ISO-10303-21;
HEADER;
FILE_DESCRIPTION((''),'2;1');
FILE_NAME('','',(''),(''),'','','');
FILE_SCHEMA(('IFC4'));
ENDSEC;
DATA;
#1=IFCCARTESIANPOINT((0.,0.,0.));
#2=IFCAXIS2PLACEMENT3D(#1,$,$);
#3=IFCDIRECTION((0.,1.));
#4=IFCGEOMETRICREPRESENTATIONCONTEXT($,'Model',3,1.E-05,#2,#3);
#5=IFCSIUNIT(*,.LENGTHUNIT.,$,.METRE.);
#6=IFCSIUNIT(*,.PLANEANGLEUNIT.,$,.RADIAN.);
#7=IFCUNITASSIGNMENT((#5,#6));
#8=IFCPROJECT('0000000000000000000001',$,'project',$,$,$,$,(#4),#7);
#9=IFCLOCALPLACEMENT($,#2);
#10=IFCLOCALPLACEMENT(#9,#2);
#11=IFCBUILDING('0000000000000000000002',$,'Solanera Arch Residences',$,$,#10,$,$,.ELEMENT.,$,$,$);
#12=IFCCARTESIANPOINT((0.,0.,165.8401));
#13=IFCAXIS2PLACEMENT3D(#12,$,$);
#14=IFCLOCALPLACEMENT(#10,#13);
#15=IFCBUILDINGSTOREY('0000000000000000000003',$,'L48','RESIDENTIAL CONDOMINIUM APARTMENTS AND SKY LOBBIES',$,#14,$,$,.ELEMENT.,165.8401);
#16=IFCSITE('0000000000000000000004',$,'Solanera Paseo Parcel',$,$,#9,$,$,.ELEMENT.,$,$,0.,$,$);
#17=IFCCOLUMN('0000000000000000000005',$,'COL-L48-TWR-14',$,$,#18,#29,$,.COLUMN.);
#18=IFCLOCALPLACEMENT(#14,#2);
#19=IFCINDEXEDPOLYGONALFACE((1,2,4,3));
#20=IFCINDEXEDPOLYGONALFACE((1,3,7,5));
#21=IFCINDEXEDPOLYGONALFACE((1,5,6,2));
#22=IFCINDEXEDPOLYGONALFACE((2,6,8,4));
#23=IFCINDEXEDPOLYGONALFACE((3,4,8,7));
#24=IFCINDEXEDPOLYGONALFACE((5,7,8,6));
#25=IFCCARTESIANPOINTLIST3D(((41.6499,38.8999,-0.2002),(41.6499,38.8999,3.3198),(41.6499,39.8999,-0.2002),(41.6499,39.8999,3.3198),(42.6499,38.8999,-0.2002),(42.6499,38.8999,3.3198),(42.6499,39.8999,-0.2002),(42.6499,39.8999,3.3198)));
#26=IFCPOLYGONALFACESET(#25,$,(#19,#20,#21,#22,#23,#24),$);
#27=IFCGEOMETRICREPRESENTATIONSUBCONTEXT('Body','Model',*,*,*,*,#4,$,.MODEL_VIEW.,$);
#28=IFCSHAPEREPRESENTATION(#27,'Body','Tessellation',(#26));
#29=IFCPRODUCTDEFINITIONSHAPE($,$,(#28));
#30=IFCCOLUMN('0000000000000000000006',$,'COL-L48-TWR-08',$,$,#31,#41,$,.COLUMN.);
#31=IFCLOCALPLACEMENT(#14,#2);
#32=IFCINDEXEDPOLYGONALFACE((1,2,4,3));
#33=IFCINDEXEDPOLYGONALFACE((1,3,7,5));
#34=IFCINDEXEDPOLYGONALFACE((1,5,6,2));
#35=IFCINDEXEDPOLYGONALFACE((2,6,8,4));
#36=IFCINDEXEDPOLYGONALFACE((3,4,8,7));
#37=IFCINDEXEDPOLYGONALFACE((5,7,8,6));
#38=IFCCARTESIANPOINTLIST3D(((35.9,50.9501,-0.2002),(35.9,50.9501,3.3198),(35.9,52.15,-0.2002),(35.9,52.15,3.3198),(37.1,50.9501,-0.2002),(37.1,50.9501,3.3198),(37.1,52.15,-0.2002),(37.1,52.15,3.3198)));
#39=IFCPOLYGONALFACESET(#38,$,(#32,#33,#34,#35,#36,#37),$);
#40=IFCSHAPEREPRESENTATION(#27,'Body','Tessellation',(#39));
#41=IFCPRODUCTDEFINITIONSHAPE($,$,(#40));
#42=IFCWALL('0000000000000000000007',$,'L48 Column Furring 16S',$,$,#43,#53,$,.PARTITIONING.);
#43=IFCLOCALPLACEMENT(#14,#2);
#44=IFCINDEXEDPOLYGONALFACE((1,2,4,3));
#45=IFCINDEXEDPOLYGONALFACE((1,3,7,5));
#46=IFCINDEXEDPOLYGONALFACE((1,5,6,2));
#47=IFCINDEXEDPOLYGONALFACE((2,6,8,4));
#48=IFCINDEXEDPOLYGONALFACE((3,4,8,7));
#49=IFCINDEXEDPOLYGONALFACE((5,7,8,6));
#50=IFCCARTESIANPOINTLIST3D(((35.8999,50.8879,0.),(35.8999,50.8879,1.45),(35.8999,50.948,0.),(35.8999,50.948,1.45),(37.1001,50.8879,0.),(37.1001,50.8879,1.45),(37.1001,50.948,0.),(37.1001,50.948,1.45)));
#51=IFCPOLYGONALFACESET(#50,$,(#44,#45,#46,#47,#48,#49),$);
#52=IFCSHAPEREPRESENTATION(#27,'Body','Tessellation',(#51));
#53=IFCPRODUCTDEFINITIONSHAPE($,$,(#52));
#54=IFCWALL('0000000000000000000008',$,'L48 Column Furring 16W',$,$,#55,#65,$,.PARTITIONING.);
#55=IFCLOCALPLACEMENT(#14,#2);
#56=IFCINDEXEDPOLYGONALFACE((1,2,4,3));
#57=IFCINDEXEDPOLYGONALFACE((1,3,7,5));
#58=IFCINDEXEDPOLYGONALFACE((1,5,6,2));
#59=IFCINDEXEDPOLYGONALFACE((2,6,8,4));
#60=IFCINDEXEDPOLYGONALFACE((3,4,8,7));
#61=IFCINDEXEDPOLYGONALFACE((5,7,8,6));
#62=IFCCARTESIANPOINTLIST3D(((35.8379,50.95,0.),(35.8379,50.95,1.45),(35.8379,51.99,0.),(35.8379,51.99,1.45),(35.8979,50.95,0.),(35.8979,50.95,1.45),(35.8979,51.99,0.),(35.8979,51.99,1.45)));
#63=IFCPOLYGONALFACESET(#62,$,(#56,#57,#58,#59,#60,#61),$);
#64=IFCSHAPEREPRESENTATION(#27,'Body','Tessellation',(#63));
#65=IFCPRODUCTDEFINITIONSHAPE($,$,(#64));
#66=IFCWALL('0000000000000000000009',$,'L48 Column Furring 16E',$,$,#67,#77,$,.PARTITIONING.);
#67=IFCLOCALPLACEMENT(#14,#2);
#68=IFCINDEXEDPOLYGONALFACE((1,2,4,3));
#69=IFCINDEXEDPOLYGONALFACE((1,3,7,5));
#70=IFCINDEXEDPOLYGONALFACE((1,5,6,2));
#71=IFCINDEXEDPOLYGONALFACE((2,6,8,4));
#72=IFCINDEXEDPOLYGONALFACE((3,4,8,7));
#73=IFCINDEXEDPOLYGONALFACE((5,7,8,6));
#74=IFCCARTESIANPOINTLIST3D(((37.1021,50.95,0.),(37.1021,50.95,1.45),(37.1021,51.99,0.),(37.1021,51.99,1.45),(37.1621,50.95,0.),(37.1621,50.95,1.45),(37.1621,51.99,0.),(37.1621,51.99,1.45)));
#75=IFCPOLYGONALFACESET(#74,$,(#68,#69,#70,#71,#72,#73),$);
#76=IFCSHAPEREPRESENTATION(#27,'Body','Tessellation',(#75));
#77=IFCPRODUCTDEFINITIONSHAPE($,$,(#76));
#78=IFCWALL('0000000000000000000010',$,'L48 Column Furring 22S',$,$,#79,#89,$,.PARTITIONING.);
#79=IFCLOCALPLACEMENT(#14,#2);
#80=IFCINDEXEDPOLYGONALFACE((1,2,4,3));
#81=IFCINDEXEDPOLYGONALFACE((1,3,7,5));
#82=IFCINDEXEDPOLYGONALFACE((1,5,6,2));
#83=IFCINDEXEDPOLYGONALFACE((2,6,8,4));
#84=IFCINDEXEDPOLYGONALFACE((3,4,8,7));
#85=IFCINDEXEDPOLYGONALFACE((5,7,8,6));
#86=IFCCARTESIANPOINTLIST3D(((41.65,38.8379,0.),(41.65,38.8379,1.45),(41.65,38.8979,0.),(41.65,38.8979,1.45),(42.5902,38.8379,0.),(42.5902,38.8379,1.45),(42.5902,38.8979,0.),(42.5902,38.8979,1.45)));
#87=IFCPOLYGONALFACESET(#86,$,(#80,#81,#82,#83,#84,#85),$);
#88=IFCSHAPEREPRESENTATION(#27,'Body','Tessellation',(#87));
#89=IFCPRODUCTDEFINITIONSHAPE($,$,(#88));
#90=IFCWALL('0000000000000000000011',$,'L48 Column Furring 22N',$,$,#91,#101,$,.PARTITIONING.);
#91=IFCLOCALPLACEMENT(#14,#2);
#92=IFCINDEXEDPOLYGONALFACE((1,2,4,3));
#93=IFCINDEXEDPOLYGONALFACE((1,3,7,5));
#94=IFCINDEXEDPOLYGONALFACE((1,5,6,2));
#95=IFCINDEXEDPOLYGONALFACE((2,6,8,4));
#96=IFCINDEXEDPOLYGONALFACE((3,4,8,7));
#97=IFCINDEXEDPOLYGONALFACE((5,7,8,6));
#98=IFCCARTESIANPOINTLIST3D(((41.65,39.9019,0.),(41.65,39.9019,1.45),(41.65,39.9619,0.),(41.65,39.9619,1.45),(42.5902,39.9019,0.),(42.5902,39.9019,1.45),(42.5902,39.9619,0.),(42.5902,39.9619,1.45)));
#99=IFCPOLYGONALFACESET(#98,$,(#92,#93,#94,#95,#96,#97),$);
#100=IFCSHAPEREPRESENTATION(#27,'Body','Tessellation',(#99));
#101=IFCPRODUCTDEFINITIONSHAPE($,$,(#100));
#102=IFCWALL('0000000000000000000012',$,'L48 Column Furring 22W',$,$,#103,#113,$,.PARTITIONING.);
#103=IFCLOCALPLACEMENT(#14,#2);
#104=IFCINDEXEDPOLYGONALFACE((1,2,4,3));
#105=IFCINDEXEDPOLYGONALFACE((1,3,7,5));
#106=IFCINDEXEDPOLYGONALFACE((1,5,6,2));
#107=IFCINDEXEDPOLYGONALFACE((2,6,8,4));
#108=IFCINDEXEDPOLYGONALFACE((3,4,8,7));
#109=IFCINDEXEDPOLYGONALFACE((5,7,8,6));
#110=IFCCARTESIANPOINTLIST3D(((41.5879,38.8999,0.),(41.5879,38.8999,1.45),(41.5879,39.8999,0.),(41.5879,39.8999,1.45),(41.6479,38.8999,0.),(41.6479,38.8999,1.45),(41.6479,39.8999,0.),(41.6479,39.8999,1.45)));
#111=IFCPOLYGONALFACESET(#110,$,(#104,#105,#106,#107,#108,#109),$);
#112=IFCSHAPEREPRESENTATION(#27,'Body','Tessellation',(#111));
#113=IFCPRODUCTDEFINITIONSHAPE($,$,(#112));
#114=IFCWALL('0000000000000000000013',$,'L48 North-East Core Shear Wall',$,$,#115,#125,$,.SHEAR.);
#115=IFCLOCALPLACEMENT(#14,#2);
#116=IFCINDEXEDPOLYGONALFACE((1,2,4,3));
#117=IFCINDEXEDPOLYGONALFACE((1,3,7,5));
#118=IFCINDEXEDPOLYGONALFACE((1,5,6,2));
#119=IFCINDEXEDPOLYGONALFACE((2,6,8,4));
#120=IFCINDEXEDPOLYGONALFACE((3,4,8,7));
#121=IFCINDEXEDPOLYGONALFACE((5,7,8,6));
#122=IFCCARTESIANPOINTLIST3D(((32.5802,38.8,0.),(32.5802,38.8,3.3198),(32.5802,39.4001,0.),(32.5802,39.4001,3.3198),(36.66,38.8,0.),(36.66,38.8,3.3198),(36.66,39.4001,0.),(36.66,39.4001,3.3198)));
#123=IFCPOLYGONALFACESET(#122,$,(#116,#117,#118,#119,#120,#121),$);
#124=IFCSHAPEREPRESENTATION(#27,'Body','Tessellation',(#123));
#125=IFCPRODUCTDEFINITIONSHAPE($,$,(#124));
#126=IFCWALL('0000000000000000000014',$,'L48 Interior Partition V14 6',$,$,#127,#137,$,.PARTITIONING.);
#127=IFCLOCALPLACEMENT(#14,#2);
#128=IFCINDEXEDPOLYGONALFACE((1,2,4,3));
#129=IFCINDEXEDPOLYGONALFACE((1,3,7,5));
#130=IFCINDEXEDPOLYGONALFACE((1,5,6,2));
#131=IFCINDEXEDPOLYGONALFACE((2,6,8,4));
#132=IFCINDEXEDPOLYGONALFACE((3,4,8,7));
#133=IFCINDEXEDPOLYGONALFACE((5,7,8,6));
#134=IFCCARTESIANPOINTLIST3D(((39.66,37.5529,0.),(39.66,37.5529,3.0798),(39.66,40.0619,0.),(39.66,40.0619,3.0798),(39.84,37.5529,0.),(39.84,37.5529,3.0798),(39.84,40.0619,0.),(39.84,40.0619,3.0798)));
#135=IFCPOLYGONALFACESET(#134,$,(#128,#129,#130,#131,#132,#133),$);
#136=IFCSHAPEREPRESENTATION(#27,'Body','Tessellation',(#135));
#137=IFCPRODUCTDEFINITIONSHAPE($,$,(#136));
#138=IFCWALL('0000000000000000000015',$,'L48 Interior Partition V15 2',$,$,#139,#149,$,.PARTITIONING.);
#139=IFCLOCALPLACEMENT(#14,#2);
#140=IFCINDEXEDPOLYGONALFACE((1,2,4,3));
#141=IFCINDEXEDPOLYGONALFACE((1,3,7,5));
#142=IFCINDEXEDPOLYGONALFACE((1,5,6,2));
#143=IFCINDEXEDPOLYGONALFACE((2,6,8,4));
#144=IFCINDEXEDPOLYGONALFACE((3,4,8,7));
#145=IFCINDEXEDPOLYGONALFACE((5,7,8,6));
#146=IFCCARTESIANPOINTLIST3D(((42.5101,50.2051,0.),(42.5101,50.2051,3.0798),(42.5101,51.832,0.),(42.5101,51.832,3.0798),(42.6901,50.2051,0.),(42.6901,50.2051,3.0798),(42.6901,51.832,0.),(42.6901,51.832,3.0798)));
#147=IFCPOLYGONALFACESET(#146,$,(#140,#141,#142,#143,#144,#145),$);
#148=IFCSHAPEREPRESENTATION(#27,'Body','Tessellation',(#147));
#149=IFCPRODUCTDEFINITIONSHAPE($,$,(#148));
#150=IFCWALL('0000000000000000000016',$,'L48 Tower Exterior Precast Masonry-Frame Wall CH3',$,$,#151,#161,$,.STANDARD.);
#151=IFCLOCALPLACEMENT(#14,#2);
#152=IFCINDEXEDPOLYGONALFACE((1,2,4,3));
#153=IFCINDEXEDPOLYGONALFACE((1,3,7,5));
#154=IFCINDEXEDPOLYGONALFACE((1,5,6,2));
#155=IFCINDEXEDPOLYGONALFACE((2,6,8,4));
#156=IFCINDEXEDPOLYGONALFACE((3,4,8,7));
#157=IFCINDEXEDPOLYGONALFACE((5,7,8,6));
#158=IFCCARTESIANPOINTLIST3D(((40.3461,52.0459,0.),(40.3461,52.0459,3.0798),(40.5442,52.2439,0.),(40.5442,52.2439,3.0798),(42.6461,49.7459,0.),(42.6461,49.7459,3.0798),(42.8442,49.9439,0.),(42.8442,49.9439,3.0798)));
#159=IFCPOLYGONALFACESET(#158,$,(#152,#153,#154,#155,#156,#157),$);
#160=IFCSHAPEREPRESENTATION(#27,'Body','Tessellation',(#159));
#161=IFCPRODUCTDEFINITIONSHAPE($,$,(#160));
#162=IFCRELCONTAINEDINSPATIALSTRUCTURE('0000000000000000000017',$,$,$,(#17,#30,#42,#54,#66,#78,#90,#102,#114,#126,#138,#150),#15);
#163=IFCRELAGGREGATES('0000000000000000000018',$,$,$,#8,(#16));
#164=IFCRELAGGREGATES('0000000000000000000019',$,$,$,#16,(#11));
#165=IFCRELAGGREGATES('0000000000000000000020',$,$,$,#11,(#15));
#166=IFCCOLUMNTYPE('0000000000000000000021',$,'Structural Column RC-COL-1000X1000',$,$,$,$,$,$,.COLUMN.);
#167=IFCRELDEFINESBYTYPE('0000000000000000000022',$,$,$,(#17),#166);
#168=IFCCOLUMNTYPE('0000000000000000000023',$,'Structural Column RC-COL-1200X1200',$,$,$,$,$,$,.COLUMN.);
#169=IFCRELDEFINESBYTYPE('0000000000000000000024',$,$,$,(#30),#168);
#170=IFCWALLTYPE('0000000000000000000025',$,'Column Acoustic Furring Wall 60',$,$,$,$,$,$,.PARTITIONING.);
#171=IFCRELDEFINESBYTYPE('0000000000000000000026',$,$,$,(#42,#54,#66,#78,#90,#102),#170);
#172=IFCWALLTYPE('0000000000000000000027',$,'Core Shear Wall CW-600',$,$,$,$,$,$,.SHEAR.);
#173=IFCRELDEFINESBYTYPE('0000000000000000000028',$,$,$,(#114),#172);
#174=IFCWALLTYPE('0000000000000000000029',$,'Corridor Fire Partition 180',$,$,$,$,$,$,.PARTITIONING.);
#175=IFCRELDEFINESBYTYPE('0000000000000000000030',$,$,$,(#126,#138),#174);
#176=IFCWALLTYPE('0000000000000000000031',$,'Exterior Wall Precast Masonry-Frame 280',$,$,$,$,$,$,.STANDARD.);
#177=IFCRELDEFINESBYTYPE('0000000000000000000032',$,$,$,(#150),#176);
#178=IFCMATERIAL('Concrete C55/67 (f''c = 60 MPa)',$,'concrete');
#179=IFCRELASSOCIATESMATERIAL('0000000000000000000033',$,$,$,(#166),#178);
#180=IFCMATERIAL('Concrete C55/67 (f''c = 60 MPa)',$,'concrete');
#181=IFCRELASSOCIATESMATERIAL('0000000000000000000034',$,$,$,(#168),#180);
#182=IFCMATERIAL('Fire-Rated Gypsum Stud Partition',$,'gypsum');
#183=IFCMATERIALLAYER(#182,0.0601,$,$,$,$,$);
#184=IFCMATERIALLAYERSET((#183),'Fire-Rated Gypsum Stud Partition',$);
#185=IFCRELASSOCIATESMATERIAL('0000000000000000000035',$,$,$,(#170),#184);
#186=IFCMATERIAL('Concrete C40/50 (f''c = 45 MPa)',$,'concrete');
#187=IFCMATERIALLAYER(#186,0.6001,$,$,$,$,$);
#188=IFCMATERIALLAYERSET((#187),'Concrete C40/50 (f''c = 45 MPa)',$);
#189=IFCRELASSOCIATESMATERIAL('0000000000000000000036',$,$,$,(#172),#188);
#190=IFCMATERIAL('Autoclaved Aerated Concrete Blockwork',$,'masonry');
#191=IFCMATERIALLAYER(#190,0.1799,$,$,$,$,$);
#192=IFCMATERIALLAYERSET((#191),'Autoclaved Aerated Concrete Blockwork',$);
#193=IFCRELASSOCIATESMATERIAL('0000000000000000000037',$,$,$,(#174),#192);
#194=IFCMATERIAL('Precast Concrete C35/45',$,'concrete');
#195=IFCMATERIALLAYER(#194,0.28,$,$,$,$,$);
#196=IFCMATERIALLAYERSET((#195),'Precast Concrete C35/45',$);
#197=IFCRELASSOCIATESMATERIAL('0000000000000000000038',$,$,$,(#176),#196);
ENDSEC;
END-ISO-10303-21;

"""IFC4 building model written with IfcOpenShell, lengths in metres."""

from ifc_helpers import new_model, si_unit, direction, frame, frame_2d, origin, origin_2d, place, context, subcontext, project, spatial, rectangle, extrude, material, layer, layer_set, material_profile, profile_set, type_object, element, save


model = new_model("IFC4")

# Units and contexts
model_context = context("Model", 3, precision=1e-05, world=origin(), true_north=direction((0.0, 1.0)))
body_context = subcontext(model_context, "Body", "Model", "MODEL_VIEW")
ifc_project = project(units=[si_unit("LENGTHUNIT", "METRE"), si_unit("PLANEANGLEUNIT", "RADIAN")], contexts=[model_context])

# Site, building, storey
site_placement = place(None, origin())
site = spatial("IfcSite", under=ifc_project, at=site_placement, Name="Solanera Paseo Parcel", CompositionType="ELEMENT", RefElevation=0.0)
building_placement = place(site_placement, origin())
building = spatial("IfcBuilding", under=site, at=building_placement, Name="Solanera Arch Residences", CompositionType="ELEMENT")
storey_placement = place(building_placement, frame((0.0, 0.0, 165.8401)))
storey = spatial("IfcBuildingStorey", under=building, at=storey_placement, Name="L48", Description="RESIDENTIAL CONDOMINIUM APARTMENTS AND SKY LOBBIES", CompositionType="ELEMENT", Elevation=165.8401)

# Columns
ifc_material_1 = material(Name="Concrete C55/67 (f'c = 60 MPa)", Category="concrete")
ifc_material_profile_1 = material_profile(ifc_material_1, rectangle(XDim=1.0, YDim=1.0, at=origin_2d()))
ifc_profile_set_1 = profile_set([ifc_material_profile_1], Name="Concrete C55/67 (f'c = 60 MPa)")
column_type_1 = type_object("IfcColumnType", Name="Structural Column RC-COL-1000X1000", PredefinedType="COLUMN", material=ifc_profile_set_1)
column_1_placement = place(storey_placement, frame((42.1499, 39.3999, -0.2002), z_axis=(0.0, 0.0, 1.0), x_axis=(1.0, 0.0, 0.0)))
element("IfcColumn", 1, at=column_1_placement, inside=storey, type_object=column_type_1, Name="COL-L48-TWR-14", PredefinedType="COLUMN", context=body_context, shape_type="SweptSolid", body=[
    extrude(rectangle(XDim=1.0, YDim=1.0, at=origin_2d()), origin(), (0.0, 0.0, 1.0), 3.52),
])
ifc_material_2 = material(Name="Concrete C55/67 (f'c = 60 MPa)", Category="concrete")
ifc_material_profile_2 = material_profile(ifc_material_2, rectangle(XDim=1.2, YDim=1.2, at=origin_2d()))
ifc_profile_set_2 = profile_set([ifc_material_profile_2], Name="Concrete C55/67 (f'c = 60 MPa)")
column_type_2 = type_object("IfcColumnType", Name="Structural Column RC-COL-1200X1200", PredefinedType="COLUMN", material=ifc_profile_set_2)
column_2_placement = place(storey_placement, frame((36.5, 51.55, -0.2002), z_axis=(0.0, 0.0, 1.0), x_axis=(1.0, 0.0, 0.0)))
element("IfcColumn", 2, at=column_2_placement, inside=storey, type_object=column_type_2, Name="COL-L48-TWR-08", PredefinedType="COLUMN", context=body_context, shape_type="SweptSolid", body=[
    extrude(rectangle(XDim=1.2, YDim=1.2, at=origin_2d()), origin(), (0.0, 0.0, 1.0), 3.52),
])

# Walls
ifc_material_3 = material(Name="Fire-Rated Gypsum Stud Partition", Category="gypsum")
ifc_layer_1 = layer(ifc_material_3, 0.0601)
ifc_layer_set_1 = layer_set([ifc_layer_1], Name="Fire-Rated Gypsum Stud Partition")
wall_type_1 = type_object("IfcWallType", Name="Column Acoustic Furring Wall 60", PredefinedType="PARTITIONING", material=ifc_layer_set_1)
wall_1_placement = place(storey_placement, frame((35.8999, 50.918, 0.0), z_axis=(0.0, 0.0, 1.0), x_axis=(1.0, 0.0, 0.0)))
element("IfcWall", 3, at=wall_1_placement, inside=storey, type_object=wall_type_1, Name="L48 Column Furring 16S", PredefinedType="PARTITIONING", context=body_context, shape_type="SweptSolid", body=[
    extrude(rectangle(XDim=1.2002, YDim=0.0601, at=frame_2d((0.6001, 0.0))), origin(), (0.0, 0.0, 1.0), 1.45),
])
for number, where, z_axis, x_axis, name in (
    (4, (35.8679, 50.95, 0.0), (0.0, 0.0, 1.0), (0.0, 1.0, 0.0), "L48 Column Furring 16W"),
    (5, (37.1321, 50.95, 0.0), (0.0, 0.0, 1.0), (0.0, 1.0, 0.0), "L48 Column Furring 16E"),
):
    element("IfcWall", number, at=place(storey_placement, frame(where, z_axis=z_axis, x_axis=x_axis)), inside=storey, type_object=wall_type_1, Name=name, PredefinedType="PARTITIONING", context=body_context, shape_type="SweptSolid", body=[
        extrude(rectangle(XDim=1.04, YDim=0.0601, at=frame_2d((0.52, 0.0))), origin(), (0.0, 0.0, 1.0), 1.45),
    ])
for number, where, z_axis, x_axis, name in (
    (6, (41.6499, 38.8679, 0.0), (0.0, 0.0, 1.0), (1.0, 0.0, 0.0), "L48 Column Furring 22S"),
    (7, (41.6499, 39.9319, 0.0), (0.0, 0.0, 1.0), (1.0, 0.0, 0.0), "L48 Column Furring 22N"),
):
    element("IfcWall", number, at=place(storey_placement, frame(where, z_axis=z_axis, x_axis=x_axis)), inside=storey, type_object=wall_type_1, Name=name, PredefinedType="PARTITIONING", context=body_context, shape_type="SweptSolid", body=[
        extrude(rectangle(XDim=0.9402, YDim=0.0601, at=frame_2d((0.4702, 0.0))), origin(), (0.0, 0.0, 1.0), 1.45),
    ])
wall_2_placement = place(storey_placement, frame((41.6179, 38.8999, 0.0), z_axis=(0.0, 0.0, 1.0), x_axis=(0.0, 1.0, 0.0)))
element("IfcWall", 8, at=wall_2_placement, inside=storey, type_object=wall_type_1, Name="L48 Column Furring 22W", PredefinedType="PARTITIONING", context=body_context, shape_type="SweptSolid", body=[
    extrude(rectangle(XDim=1.0, YDim=0.0601, at=frame_2d((0.5, 0.0))), origin(), (0.0, 0.0, 1.0), 1.45),
])
ifc_material_4 = material(Name="Concrete C40/50 (f'c = 45 MPa)", Category="concrete")
ifc_layer_2 = layer(ifc_material_4, 0.6001)
ifc_layer_set_2 = layer_set([ifc_layer_2], Name="Concrete C40/50 (f'c = 45 MPa)")
wall_type_2 = type_object("IfcWallType", Name="Core Shear Wall CW-600", PredefinedType="SHEAR", material=ifc_layer_set_2)
wall_3_placement = place(storey_placement, frame((32.5801, 39.1001, 0.0), z_axis=(0.0, 0.0, 1.0), x_axis=(1.0, 0.0, 0.0)))
element("IfcWall", 9, at=wall_3_placement, inside=storey, type_object=wall_type_2, Name="L48 North-East Core Shear Wall", PredefinedType="SHEAR", context=body_context, shape_type="SweptSolid", body=[
    extrude(rectangle(XDim=4.0798, YDim=0.6001, at=frame_2d((2.04, 0.0))), origin(), (0.0, 0.0, 1.0), 3.3198),
])
ifc_material_5 = material(Name="Autoclaved Aerated Concrete Blockwork", Category="masonry")
ifc_layer_3 = layer(ifc_material_5, 0.1799)
ifc_layer_set_3 = layer_set([ifc_layer_3], Name="Autoclaved Aerated Concrete Blockwork")
wall_type_3 = type_object("IfcWallType", Name="Corridor Fire Partition 180", PredefinedType="PARTITIONING", material=ifc_layer_set_3)
wall_4_placement = place(storey_placement, frame((39.75, 37.553, 0.0), z_axis=(0.0, 0.0, 1.0), x_axis=(0.0, 1.0, 0.0)))
element("IfcWall", 10, at=wall_4_placement, inside=storey, type_object=wall_type_3, Name="L48 Interior Partition V14 6", PredefinedType="PARTITIONING", context=body_context, shape_type="SweptSolid", body=[
    extrude(rectangle(XDim=2.509, YDim=0.1799, at=frame_2d((1.2544, 0.0))), origin(), (0.0, 0.0, 1.0), 3.0798),
])
wall_5_placement = place(storey_placement, frame((42.6001, 50.2051, 0.0), z_axis=(0.0, 0.0, 1.0), x_axis=(0.0, 1.0, 0.0)))
element("IfcWall", 11, at=wall_5_placement, inside=storey, type_object=wall_type_3, Name="L48 Interior Partition V15 2", PredefinedType="PARTITIONING", context=body_context, shape_type="SweptSolid", body=[
    extrude(rectangle(XDim=1.627, YDim=0.1799, at=frame_2d((0.8135, 0.0))), origin(), (0.0, 0.0, 1.0), 3.0798),
])
ifc_material_6 = material(Name="Precast Concrete C35/45", Category="concrete")
ifc_layer_4 = layer(ifc_material_6, 0.28)
ifc_layer_set_4 = layer_set([ifc_layer_4], Name="Precast Concrete C35/45")
wall_type_4 = type_object("IfcWallType", Name="Exterior Wall Precast Masonry-Frame 280", PredefinedType="STANDARD", material=ifc_layer_set_4)
wall_6_placement = place(storey_placement, frame((40.4451, 52.145, 0.0), z_axis=(0.0, 0.0, 1.0), x_axis=(0.707107, -0.707107, 0.0)))
element("IfcWall", 12, at=wall_6_placement, inside=storey, type_object=wall_type_4, Name="L48 Tower Exterior Precast Masonry-Frame Wall CH3", PredefinedType="STANDARD", context=body_context, shape_type="SweptSolid", body=[
    extrude(rectangle(XDim=3.2527, YDim=0.28, at=frame_2d((1.6265, 0.0))), origin(), (0.0, 0.0, 1.0), 3.0798),
])

save(model, "model.ifc")
